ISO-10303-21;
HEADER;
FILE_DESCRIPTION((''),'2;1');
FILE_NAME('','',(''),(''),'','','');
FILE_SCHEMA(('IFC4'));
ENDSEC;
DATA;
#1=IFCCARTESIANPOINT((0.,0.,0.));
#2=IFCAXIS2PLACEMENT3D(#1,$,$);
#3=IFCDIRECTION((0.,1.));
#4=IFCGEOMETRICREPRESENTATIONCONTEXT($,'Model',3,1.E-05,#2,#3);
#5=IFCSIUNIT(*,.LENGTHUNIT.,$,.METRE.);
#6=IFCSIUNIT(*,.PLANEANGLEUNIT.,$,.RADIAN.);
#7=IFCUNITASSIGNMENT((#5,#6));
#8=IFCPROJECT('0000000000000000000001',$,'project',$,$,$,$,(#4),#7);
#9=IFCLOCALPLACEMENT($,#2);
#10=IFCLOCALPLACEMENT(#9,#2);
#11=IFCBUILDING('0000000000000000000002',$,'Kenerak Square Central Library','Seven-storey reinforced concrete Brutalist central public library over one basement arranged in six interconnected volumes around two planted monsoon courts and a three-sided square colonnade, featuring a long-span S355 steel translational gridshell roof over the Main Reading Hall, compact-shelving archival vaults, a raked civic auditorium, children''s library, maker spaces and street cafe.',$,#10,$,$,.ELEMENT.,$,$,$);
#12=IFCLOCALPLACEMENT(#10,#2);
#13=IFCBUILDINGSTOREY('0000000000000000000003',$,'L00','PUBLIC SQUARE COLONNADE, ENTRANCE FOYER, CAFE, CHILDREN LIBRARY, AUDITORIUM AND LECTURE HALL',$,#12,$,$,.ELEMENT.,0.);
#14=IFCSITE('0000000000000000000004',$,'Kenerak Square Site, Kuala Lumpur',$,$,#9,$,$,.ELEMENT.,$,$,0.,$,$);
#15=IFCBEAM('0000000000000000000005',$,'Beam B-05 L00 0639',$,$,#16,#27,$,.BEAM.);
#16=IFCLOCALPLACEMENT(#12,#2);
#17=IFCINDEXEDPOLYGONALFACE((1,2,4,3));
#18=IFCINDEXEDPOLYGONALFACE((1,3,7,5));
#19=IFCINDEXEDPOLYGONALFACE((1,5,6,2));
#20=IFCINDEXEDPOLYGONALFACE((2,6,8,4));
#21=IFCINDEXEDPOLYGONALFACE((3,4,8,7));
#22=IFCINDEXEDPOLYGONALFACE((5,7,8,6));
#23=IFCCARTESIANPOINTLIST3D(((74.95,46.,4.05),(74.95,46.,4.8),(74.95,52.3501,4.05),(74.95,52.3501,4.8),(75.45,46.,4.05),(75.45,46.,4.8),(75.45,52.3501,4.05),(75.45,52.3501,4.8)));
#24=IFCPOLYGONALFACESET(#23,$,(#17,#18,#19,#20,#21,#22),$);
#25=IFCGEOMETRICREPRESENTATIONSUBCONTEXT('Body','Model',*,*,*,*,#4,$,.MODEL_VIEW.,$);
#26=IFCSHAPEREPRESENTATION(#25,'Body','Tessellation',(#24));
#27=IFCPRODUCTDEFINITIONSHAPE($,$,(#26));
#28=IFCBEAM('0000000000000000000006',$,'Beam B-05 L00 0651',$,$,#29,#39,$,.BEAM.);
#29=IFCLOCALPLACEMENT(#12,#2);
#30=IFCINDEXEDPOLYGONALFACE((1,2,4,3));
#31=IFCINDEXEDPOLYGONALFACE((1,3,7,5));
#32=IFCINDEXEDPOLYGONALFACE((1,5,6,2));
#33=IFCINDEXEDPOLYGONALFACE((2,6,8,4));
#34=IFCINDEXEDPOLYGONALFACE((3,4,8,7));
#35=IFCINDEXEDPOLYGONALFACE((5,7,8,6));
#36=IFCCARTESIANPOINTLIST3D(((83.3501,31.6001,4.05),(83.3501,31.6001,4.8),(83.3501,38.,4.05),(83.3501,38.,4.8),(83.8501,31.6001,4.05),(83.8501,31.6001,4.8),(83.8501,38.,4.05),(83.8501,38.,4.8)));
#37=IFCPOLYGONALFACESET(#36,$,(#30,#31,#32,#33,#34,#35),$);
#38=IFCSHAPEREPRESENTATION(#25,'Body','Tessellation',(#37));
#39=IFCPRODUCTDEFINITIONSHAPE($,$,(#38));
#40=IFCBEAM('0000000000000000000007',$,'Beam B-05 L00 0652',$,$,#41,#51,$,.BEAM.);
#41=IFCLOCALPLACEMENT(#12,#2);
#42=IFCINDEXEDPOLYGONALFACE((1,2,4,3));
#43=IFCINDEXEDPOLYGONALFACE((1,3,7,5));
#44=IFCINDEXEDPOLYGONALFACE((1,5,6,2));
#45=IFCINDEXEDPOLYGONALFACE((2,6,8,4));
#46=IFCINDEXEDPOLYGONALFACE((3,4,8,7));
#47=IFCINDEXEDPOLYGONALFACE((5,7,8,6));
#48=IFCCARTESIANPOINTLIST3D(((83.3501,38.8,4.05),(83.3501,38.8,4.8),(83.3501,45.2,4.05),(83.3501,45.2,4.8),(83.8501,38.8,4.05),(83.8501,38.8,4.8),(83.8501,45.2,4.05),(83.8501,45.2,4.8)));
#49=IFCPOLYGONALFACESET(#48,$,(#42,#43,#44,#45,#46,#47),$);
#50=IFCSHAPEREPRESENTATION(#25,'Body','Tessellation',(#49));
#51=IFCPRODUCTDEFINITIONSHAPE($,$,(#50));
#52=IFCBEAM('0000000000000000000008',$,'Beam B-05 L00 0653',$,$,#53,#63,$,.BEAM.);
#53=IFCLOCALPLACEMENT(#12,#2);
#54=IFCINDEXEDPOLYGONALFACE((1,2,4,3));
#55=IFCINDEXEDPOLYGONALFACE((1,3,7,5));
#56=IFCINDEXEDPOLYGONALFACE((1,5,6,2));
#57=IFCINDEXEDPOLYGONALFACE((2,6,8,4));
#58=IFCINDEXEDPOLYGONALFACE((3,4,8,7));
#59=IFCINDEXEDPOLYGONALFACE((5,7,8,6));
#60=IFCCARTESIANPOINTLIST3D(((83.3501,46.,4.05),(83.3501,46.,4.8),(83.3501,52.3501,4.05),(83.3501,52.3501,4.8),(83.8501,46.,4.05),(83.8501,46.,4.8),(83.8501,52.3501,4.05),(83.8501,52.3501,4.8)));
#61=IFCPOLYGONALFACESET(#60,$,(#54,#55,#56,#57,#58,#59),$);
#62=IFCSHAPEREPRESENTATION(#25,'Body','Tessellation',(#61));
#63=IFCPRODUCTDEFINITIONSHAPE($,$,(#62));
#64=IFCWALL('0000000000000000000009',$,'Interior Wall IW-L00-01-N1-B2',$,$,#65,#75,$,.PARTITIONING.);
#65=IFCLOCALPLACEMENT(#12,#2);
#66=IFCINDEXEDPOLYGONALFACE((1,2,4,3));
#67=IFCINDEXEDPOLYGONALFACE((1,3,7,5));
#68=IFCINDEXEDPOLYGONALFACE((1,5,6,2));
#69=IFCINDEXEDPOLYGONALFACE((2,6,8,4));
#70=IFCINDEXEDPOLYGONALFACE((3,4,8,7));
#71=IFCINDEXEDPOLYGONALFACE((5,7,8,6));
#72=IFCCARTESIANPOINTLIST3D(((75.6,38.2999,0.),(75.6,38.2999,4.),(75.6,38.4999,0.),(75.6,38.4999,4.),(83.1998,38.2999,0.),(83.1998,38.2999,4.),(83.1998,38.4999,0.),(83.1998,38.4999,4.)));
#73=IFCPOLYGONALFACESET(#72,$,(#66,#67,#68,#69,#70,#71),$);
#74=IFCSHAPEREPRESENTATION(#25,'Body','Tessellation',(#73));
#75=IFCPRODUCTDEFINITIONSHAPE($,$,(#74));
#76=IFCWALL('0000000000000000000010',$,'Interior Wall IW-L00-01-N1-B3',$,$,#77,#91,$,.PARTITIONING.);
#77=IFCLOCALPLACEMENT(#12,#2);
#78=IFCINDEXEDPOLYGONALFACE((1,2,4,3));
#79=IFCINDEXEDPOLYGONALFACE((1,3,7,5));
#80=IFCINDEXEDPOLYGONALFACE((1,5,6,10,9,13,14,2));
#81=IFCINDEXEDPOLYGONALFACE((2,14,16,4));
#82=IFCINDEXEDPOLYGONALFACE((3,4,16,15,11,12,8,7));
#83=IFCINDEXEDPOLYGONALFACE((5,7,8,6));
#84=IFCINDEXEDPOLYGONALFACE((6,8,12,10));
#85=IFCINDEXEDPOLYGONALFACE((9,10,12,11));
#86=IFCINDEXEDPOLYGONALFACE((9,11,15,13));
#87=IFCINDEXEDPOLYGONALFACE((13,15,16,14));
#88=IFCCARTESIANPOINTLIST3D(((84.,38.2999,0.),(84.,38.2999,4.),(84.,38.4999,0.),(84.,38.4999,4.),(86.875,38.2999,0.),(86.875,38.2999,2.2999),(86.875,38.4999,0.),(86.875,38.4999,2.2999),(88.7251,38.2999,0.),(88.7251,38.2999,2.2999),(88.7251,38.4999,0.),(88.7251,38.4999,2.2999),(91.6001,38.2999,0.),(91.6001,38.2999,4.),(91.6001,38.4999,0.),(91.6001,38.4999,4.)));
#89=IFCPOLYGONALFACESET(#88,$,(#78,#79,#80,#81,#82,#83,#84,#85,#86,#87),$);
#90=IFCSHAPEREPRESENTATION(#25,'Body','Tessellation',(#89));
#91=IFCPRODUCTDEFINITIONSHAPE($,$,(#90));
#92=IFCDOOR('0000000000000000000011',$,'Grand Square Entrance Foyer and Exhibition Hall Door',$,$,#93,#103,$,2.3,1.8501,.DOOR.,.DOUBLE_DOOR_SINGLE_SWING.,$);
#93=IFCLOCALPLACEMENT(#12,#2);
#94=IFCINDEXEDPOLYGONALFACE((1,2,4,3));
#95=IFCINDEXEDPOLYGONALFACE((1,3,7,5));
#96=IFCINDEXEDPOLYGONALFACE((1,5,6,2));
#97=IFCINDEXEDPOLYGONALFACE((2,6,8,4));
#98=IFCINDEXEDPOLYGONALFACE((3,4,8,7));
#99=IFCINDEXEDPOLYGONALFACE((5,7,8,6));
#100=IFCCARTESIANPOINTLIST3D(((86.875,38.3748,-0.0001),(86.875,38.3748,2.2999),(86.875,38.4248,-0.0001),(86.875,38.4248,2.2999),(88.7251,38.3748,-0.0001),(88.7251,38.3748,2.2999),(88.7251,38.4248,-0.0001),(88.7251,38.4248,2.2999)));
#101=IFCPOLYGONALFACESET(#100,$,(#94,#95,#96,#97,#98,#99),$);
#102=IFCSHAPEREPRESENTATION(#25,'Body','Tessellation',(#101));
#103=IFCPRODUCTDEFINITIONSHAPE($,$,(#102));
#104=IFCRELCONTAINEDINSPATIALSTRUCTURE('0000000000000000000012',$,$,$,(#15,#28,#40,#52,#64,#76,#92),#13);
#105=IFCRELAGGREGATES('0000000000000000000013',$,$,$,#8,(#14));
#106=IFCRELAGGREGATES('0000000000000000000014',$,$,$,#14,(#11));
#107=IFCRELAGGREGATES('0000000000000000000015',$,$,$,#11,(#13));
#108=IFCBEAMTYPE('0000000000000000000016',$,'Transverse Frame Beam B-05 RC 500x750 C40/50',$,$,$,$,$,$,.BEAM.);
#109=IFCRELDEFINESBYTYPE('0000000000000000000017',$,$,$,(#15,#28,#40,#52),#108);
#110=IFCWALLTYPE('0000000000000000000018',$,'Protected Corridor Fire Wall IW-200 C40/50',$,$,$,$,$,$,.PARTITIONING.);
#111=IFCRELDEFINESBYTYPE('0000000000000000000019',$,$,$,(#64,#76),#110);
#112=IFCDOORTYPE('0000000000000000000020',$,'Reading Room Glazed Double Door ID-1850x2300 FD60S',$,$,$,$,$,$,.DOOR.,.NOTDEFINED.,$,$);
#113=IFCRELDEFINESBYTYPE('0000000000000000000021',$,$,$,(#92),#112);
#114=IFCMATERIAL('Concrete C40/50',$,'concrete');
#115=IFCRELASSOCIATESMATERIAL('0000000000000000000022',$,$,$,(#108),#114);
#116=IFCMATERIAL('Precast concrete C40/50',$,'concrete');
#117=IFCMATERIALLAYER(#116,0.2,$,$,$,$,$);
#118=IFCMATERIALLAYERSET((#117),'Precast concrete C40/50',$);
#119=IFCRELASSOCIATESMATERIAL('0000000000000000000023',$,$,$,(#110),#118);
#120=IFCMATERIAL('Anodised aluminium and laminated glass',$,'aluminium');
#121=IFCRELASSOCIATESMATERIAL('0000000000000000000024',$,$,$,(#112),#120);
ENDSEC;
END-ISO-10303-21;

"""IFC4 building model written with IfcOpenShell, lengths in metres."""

from ifc_helpers import new_model, si_unit, direction, frame, frame_2d, origin, origin_2d, place, context, subcontext, project, spatial, rectangle, extrude, material, layer, layer_set, material_profile, profile_set, type_object, element, fill, save


model = new_model("IFC4")

# Units and contexts
model_context = context("Model", 3, precision=1e-05, world=origin(), true_north=direction((0.0, 1.0)))
body_context = subcontext(model_context, "Body", "Model", "MODEL_VIEW")
ifc_project = project(units=[si_unit("LENGTHUNIT", "METRE"), si_unit("PLANEANGLEUNIT", "RADIAN")], contexts=[model_context])

# Site, building, storey
site_placement = place(None, origin())
site = spatial("IfcSite", under=ifc_project, at=site_placement, Name="Kenerak Square Site, Kuala Lumpur", CompositionType="ELEMENT", RefElevation=0.0)
building_placement = place(site_placement, origin())
building = spatial("IfcBuilding", under=site, at=building_placement, Name="Kenerak Square Central Library", Description="Seven-storey reinforced concrete Brutalist central public library over one basement arranged in six interconnected volumes around two planted monsoon courts and a three-sided square colonnade, featuring a long-span S355 steel translational gridshell roof over the Main Reading Hall, compact-shelving archival vaults, a raked civic auditorium, children's library, maker spaces and street cafe.", CompositionType="ELEMENT")
storey_placement = place(building_placement, origin())
storey = spatial("IfcBuildingStorey", under=building, at=storey_placement, Name="L00", Description="PUBLIC SQUARE COLONNADE, ENTRANCE FOYER, CAFE, CHILDREN LIBRARY, AUDITORIUM AND LECTURE HALL", CompositionType="ELEMENT", Elevation=0.0)

# Beams
ifc_material_1 = material(Name="Concrete C40/50", Category="concrete")
ifc_material_profile_1 = material_profile(ifc_material_1, rectangle(XDim=0.5, YDim=0.75, at=origin_2d()), Name="RC 500x750")
ifc_profile_set_1 = profile_set([ifc_material_profile_1], Name="Concrete C40/50")
beam_type_1 = type_object("IfcBeamType", Name="Transverse Frame Beam B-05 RC 500x750 C40/50", PredefinedType="BEAM", material=ifc_profile_set_1)
beam_1_placement = place(storey_placement, frame((75.2, 46.0, 4.425), z_axis=(0.0, 1.0, 0.0), x_axis=(-1.0, 0.0, 0.0)))
element("IfcBeam", 1, at=beam_1_placement, inside=storey, type_object=beam_type_1, Name="Beam B-05 L00 0639", PredefinedType="BEAM", context=body_context, shape_type="SweptSolid", body=[
    extrude(rectangle(XDim=0.5, YDim=0.75, at=origin_2d()), origin(), (0.0, 0.0, 1.0), 6.3501),
])
for number, where, z_axis, x_axis, name in (
    (2, (83.6001, 31.6001, 4.425), (0.0, 1.0, 0.0), (-1.0, 0.0, 0.0), "Beam B-05 L00 0651"),
    (3, (83.6001, 38.8, 4.425), (0.0, 1.0, 0.0), (-1.0, 0.0, 0.0), "Beam B-05 L00 0652"),
):
    element("IfcBeam", number, at=place(storey_placement, frame(where, z_axis=z_axis, x_axis=x_axis)), inside=storey, type_object=beam_type_1, Name=name, PredefinedType="BEAM", context=body_context, shape_type="SweptSolid", body=[
        extrude(rectangle(XDim=0.5, YDim=0.75, at=origin_2d()), origin(), (0.0, 0.0, 1.0), 6.3999),
    ])
beam_2_placement = place(storey_placement, frame((83.6001, 46.0, 4.425), z_axis=(0.0, 1.0, 0.0), x_axis=(-1.0, 0.0, 0.0)))
element("IfcBeam", 4, at=beam_2_placement, inside=storey, type_object=beam_type_1, Name="Beam B-05 L00 0653", PredefinedType="BEAM", context=body_context, shape_type="SweptSolid", body=[
    extrude(rectangle(XDim=0.5, YDim=0.75, at=origin_2d()), origin(), (0.0, 0.0, 1.0), 6.3501),
])

# Wall
ifc_material_2 = material(Name="Precast concrete C40/50", Category="concrete")
ifc_layer = layer(ifc_material_2, 0.2)
ifc_layer_set = layer_set([ifc_layer], Name="Precast concrete C40/50")
wall_type = type_object("IfcWallType", Name="Protected Corridor Fire Wall IW-200 C40/50", PredefinedType="PARTITIONING", material=ifc_layer_set)
wall_1_placement = place(storey_placement, frame((75.6001, 38.3999, 0.0), z_axis=(0.0, 0.0, 1.0), x_axis=(1.0, 0.0, 0.0)))
element("IfcWall", 5, at=wall_1_placement, inside=storey, type_object=wall_type, Name="Interior Wall IW-L00-01-N1-B2", PredefinedType="PARTITIONING", context=body_context, shape_type="SweptSolid", body=[
    extrude(rectangle(XDim=7.5999, YDim=0.2, at=frame_2d((3.7998, 0.0))), origin(), (0.0, 0.0, 1.0), 4.0),
])

# Wall, opening, door
wall_2_placement = place(storey_placement, frame((84.0, 38.3999, 0.0), z_axis=(0.0, 0.0, 1.0), x_axis=(1.0, 0.0, 0.0)))
wall_2 = element("IfcWall", 6, at=wall_2_placement, inside=storey, type_object=wall_type, Name="Interior Wall IW-L00-01-N1-B3", PredefinedType="PARTITIONING", context=body_context, shape_type="SweptSolid", body=[
    extrude(rectangle(XDim=7.6001, YDim=0.2, at=frame_2d((3.8, 0.0))), origin(), (0.0, 0.0, 1.0), 4.0),
])
opening_placement = place(wall_2_placement, frame((2.875, 0.0, 0.0)))
opening = element("IfcOpeningElement", 7, at=opening_placement, cuts=wall_2, PredefinedType="OPENING", context=body_context, shape_type="SweptSolid", body=[
    extrude(rectangle(XDim=1.8501, YDim=2.3, at=frame_2d((0.925, 1.1499))), frame((0.0, 0.1099, 0.0), z_axis=(0.0, -1.0, 0.0), x_axis=(1.0, 0.0, 0.0)), (0.0, 0.0, 1.0), 0.22),
])
ifc_material_3 = material(Name="Anodised aluminium and laminated glass", Category="aluminium")
door_type = type_object("IfcDoorType", Name="Reading Room Glazed Double Door ID-1850x2300 FD60S", OperationType="NOTDEFINED", PredefinedType="DOOR", material=ifc_material_3)
door_placement = place(opening_placement, origin())
door = element("IfcDoor", 8, at=door_placement, inside=storey, type_object=door_type, Name="Grand Square Entrance Foyer and Exhibition Hall Door", OperationType="DOUBLE_DOOR_SINGLE_SWING", OverallHeight=2.3, OverallWidth=1.8501, PredefinedType="DOOR", context=body_context, shape_type="SweptSolid", body=[
    extrude(rectangle(XDim=1.8501, YDim=2.3, at=frame_2d((0.925, 1.1499))), frame((0.0, 0.0249, 0.0), z_axis=(0.0, -1.0, 0.0), x_axis=(1.0, 0.0, 0.0)), (0.0, 0.0, 1.0), 0.05),
])
fill(opening, door)

save(model, "model.ifc")
